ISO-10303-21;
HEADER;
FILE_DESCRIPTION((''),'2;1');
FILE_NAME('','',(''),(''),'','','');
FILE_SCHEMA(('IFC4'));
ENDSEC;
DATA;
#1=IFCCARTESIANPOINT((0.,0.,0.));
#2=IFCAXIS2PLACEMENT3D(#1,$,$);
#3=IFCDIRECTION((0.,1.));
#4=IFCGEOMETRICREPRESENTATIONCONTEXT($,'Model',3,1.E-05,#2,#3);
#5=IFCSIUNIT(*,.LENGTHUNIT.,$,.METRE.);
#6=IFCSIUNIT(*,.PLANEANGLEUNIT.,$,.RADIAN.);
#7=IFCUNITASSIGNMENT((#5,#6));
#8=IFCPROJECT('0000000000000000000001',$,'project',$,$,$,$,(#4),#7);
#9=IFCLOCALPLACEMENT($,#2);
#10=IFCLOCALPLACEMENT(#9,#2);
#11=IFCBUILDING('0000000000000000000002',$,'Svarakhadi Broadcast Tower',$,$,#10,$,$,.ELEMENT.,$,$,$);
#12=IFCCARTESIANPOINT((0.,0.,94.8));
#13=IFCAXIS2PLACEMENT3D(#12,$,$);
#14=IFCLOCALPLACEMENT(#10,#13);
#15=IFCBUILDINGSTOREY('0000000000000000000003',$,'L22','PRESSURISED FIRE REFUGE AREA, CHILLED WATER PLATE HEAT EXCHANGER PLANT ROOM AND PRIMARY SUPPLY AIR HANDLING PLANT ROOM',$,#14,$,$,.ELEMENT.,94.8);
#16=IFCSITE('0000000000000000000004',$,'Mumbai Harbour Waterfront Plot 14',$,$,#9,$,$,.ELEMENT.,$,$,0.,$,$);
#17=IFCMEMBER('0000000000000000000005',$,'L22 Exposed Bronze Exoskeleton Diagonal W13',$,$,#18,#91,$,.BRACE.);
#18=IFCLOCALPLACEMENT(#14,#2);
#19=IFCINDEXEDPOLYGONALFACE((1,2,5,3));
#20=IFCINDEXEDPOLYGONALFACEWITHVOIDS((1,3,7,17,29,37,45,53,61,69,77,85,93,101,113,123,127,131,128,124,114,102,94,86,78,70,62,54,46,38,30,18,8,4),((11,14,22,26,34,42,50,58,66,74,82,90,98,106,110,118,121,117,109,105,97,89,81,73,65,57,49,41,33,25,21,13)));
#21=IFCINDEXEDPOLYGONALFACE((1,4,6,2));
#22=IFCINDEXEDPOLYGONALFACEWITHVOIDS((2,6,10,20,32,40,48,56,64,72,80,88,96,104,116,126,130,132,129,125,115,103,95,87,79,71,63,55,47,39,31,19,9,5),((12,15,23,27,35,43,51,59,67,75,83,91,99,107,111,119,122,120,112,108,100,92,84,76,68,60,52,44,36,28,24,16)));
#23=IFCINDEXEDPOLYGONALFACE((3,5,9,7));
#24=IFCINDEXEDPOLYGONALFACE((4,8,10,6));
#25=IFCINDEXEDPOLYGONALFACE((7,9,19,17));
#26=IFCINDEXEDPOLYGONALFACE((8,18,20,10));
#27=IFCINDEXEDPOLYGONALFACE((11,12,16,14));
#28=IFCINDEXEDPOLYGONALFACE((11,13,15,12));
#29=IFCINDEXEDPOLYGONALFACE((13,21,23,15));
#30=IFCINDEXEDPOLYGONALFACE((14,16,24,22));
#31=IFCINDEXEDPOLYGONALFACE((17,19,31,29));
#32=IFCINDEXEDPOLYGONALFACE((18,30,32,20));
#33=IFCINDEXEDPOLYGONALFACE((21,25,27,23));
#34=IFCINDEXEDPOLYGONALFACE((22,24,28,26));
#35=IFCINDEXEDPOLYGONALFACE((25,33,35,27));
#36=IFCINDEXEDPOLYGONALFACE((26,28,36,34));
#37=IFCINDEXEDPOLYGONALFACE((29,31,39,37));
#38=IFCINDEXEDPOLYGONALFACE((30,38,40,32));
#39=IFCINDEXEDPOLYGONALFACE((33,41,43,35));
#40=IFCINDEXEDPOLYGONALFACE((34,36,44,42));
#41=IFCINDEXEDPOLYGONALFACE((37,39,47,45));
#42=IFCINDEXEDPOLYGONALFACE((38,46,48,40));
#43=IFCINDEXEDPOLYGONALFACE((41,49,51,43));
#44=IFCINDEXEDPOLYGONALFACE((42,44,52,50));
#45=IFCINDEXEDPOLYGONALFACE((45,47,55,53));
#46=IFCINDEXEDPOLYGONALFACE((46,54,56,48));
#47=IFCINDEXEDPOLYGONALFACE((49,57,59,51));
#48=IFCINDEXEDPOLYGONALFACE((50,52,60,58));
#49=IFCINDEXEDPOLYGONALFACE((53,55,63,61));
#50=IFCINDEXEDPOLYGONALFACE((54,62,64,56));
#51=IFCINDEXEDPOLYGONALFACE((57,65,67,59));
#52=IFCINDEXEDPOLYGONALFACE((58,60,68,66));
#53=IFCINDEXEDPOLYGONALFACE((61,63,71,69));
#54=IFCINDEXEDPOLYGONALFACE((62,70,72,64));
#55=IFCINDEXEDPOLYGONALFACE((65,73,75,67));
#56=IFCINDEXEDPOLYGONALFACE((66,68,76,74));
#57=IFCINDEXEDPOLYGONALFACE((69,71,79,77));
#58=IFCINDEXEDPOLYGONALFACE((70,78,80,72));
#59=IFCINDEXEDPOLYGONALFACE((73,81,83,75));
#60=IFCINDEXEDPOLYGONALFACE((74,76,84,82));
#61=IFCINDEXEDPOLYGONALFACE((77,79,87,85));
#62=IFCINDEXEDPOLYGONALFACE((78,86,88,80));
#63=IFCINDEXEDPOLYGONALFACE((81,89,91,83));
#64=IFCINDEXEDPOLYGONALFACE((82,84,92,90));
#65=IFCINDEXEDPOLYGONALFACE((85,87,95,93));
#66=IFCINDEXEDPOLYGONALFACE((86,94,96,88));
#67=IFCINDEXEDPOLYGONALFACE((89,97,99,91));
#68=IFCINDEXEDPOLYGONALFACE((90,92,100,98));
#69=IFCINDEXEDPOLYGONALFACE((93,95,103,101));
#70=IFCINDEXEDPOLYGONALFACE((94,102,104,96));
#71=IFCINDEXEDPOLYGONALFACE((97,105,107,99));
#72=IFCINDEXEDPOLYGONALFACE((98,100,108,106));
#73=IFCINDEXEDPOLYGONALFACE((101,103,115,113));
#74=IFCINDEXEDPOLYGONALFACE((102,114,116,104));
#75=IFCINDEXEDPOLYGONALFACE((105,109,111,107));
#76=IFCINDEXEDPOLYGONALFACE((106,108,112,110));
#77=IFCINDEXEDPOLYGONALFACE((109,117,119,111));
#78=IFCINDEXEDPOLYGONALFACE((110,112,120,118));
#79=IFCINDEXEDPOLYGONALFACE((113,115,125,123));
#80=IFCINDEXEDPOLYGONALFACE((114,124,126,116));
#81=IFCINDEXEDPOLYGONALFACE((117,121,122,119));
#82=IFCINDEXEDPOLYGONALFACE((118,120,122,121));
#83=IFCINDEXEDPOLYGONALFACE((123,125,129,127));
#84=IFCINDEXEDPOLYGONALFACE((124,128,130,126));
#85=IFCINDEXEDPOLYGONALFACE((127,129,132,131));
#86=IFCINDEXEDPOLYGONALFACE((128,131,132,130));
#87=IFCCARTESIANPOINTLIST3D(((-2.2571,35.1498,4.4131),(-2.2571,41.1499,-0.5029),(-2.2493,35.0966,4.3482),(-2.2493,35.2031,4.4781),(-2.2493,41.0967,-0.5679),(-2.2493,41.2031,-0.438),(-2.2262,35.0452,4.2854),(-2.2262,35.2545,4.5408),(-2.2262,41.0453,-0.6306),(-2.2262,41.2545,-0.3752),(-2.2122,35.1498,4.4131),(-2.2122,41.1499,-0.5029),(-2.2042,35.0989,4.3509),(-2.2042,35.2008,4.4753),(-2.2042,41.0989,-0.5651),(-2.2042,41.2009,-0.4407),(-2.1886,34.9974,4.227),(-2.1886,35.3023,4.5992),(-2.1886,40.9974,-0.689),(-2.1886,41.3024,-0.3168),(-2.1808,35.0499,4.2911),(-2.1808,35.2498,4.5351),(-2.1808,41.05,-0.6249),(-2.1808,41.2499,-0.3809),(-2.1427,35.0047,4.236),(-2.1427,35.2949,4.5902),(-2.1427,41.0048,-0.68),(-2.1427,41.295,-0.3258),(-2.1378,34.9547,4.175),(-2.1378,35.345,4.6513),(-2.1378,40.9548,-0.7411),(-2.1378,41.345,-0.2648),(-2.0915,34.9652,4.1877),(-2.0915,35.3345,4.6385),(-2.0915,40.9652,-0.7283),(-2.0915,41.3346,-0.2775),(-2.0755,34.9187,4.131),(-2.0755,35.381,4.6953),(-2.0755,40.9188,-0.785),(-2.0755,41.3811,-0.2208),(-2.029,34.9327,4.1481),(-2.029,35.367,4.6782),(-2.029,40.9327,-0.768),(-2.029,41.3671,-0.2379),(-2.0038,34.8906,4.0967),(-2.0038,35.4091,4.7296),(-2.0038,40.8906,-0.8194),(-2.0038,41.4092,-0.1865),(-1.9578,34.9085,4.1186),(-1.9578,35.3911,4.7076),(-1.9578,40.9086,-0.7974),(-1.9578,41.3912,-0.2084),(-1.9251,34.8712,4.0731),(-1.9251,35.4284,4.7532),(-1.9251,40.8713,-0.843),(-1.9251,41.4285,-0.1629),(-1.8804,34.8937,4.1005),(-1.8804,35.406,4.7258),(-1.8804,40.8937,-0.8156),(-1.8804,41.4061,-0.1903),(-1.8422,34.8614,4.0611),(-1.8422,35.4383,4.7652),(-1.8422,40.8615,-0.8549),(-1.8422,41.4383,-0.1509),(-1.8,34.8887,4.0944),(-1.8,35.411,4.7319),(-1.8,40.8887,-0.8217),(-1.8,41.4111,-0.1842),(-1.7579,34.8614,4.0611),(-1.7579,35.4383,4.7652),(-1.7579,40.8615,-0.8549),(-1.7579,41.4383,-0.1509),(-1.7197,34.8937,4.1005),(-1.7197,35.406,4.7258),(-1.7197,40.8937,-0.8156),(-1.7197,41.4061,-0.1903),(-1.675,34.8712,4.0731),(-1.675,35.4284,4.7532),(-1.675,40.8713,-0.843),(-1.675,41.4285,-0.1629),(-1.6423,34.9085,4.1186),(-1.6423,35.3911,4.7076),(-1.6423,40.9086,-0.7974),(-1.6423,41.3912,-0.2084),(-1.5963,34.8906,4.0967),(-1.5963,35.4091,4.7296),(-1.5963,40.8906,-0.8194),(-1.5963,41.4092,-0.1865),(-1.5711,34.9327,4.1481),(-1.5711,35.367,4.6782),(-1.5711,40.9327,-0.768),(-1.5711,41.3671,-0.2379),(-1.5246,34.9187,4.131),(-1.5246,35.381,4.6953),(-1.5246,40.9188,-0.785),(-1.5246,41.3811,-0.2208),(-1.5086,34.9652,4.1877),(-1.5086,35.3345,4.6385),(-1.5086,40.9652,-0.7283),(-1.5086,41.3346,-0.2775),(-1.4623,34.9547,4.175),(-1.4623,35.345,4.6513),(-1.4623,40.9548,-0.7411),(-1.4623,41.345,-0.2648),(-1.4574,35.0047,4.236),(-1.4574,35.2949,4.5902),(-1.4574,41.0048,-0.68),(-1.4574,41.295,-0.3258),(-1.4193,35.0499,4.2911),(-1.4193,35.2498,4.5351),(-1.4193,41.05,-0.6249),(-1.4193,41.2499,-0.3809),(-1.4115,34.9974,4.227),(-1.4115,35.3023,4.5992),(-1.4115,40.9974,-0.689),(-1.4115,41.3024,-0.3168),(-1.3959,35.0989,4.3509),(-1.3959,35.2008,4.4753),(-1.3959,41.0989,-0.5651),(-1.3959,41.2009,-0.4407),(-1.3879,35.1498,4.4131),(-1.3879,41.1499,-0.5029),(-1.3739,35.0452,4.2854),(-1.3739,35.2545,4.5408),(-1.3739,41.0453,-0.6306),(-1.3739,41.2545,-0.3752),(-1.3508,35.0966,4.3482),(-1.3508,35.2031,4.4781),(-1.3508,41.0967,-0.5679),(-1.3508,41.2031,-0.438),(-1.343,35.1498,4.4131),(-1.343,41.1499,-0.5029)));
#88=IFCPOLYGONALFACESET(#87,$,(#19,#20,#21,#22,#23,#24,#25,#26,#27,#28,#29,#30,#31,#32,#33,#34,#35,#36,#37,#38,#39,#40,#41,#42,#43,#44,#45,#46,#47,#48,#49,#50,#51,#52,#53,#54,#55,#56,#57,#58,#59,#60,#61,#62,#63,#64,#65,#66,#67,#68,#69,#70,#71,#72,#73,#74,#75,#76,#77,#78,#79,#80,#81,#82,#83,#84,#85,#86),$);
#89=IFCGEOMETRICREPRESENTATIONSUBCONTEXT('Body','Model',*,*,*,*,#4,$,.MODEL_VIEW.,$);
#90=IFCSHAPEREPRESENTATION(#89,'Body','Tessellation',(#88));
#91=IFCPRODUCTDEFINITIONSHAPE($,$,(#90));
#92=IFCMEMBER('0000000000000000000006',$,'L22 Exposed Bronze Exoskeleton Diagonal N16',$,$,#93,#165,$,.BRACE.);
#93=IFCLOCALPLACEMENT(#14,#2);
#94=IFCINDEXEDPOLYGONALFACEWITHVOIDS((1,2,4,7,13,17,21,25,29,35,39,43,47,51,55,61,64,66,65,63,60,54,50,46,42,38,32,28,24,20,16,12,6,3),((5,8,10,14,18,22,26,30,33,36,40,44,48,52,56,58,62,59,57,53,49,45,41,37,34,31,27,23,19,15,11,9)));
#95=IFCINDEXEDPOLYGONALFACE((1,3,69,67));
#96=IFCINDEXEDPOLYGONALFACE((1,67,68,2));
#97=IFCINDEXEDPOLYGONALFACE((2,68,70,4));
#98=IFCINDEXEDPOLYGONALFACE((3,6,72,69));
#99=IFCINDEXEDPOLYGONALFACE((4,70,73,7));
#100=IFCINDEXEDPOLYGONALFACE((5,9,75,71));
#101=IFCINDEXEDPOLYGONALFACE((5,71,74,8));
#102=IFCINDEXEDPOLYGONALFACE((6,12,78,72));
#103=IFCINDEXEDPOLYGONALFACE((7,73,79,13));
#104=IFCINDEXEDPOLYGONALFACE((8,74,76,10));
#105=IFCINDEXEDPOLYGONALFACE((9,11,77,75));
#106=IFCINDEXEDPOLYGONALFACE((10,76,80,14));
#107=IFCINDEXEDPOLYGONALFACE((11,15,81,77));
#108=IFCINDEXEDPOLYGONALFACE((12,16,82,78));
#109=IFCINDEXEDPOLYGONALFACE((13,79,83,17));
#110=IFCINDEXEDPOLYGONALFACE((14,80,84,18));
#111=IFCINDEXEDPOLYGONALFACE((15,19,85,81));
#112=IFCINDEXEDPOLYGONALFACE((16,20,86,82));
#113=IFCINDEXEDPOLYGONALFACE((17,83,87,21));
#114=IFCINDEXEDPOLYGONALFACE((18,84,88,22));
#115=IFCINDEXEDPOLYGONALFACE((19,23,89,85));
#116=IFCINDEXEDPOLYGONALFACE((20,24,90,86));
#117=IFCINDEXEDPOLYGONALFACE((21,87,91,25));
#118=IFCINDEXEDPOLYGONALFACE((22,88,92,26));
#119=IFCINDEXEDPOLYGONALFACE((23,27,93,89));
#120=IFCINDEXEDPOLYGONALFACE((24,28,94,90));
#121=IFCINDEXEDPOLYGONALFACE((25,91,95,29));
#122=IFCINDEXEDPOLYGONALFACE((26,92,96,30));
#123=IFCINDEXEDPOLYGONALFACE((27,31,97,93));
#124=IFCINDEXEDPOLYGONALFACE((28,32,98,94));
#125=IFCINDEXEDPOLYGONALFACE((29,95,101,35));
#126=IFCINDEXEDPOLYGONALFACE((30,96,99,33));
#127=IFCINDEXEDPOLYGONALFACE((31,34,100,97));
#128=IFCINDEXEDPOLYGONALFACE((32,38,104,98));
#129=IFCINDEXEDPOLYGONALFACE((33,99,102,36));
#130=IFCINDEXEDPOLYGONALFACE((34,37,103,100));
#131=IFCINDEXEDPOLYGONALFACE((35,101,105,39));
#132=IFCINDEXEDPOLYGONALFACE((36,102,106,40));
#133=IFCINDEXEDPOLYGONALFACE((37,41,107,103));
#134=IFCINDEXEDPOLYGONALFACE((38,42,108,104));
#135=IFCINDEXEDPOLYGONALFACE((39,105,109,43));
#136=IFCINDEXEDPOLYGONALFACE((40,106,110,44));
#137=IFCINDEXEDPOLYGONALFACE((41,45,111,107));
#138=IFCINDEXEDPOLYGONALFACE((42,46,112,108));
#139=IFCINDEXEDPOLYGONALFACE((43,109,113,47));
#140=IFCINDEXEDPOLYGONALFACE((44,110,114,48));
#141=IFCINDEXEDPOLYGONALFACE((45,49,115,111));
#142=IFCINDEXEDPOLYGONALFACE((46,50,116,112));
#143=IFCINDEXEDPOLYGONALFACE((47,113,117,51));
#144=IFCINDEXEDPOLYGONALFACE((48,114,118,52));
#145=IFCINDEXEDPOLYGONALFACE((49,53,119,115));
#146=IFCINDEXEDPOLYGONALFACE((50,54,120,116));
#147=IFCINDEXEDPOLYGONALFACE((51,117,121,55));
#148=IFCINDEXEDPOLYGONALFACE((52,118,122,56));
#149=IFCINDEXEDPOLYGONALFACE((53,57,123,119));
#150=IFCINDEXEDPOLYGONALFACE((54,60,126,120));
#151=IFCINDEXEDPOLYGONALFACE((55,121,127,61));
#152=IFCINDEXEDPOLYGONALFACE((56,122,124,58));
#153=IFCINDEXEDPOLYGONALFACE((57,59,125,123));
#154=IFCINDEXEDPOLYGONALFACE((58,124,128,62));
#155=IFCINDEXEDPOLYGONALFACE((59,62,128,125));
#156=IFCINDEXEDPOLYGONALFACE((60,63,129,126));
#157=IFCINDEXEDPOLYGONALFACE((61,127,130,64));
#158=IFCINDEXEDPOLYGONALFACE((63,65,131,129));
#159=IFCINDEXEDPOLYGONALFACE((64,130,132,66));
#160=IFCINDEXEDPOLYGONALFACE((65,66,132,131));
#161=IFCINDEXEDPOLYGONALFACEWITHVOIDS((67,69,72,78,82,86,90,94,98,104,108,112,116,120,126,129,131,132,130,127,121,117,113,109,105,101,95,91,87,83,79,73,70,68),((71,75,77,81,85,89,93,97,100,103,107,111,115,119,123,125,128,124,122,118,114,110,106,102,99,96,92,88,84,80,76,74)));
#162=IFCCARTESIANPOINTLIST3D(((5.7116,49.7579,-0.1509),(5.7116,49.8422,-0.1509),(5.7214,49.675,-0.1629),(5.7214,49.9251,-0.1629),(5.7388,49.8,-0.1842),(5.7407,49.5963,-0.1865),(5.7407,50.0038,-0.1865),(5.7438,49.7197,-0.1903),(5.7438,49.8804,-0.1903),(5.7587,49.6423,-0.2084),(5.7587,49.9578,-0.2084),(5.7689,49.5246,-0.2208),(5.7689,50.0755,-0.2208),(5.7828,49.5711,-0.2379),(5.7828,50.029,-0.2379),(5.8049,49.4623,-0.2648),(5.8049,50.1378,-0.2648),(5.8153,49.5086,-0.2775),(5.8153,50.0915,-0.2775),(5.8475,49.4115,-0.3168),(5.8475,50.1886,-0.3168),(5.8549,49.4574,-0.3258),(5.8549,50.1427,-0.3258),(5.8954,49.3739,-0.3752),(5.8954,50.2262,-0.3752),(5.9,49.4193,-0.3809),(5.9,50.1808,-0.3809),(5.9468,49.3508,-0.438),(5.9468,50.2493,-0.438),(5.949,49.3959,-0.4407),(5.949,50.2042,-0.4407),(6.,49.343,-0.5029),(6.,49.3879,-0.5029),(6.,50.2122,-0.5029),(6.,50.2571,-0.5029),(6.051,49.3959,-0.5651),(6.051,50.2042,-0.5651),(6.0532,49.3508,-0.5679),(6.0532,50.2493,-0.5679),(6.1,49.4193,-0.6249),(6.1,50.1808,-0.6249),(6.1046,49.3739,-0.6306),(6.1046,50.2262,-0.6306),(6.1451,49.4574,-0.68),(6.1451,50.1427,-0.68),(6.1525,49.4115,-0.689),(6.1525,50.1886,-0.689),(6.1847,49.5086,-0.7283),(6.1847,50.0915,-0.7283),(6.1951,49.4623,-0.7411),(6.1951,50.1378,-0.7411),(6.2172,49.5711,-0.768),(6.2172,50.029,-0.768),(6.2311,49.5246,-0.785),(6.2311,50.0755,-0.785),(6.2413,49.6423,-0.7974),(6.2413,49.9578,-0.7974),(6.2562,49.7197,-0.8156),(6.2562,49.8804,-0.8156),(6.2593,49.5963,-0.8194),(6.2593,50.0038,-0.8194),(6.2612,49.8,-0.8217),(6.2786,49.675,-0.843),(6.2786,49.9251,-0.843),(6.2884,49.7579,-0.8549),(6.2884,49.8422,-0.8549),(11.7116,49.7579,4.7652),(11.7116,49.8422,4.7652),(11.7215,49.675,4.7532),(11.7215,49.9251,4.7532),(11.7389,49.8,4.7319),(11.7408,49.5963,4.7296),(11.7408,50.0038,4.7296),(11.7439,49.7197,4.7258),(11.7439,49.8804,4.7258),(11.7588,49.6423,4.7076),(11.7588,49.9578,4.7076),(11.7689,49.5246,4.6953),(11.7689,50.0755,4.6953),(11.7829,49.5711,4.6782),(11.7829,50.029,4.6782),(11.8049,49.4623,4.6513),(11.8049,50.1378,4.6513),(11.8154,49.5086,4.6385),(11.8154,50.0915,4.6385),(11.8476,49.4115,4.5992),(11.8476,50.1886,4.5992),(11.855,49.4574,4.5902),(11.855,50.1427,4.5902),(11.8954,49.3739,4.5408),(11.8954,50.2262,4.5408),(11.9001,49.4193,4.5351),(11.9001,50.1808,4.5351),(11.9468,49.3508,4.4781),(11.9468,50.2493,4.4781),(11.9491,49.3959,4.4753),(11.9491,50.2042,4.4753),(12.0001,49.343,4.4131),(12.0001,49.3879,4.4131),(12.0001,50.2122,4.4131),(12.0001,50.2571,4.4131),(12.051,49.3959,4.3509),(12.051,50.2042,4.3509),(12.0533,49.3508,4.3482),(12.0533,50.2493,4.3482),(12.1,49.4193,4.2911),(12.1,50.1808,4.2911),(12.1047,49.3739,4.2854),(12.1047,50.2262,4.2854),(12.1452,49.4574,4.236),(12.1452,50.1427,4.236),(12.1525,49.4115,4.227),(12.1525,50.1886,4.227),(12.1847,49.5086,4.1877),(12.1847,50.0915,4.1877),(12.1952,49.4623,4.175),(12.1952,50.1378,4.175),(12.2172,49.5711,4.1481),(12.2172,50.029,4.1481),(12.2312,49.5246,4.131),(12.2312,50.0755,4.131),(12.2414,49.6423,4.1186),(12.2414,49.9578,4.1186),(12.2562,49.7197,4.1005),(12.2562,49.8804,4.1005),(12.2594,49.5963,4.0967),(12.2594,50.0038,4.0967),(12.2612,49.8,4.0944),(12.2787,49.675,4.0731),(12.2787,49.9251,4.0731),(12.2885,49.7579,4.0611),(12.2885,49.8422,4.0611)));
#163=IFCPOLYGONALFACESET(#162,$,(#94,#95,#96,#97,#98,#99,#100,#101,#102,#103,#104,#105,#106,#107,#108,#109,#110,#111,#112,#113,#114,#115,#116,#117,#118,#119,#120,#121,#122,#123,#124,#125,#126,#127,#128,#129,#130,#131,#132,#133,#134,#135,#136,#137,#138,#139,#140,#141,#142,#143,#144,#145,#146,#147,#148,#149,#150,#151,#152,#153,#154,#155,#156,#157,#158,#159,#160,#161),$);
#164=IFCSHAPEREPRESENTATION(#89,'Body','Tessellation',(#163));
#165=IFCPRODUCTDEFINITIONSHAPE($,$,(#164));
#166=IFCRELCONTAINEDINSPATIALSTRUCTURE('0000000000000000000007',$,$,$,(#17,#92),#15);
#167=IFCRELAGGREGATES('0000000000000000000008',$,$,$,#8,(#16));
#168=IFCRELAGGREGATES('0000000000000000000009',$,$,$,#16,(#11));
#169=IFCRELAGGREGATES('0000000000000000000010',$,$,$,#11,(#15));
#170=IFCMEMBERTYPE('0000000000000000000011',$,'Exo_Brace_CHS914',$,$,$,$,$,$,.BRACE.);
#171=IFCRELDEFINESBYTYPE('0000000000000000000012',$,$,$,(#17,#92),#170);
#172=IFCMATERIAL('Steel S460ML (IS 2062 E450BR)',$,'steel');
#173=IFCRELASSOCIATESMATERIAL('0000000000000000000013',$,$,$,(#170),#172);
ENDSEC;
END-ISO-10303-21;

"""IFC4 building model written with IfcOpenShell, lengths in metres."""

from ifc_helpers import new_model, si_unit, direction, frame, origin, origin_2d, place, context, subcontext, project, spatial, hollow_circle, extrude, material, material_profile, profile_set, type_object, element, save


model = new_model("IFC4")

# Units and contexts
model_context = context("Model", 3, precision=1e-05, world=origin(), true_north=direction((0.0, 1.0)))
body_context = subcontext(model_context, "Body", "Model", "MODEL_VIEW")
ifc_project = project(units=[si_unit("LENGTHUNIT", "METRE"), si_unit("PLANEANGLEUNIT", "RADIAN")], contexts=[model_context])

# Site, building, storey
site_placement = place(None, origin())
site = spatial("IfcSite", under=ifc_project, at=site_placement, Name="Mumbai Harbour Waterfront Plot 14", CompositionType="ELEMENT", RefElevation=0.0)
building_placement = place(site_placement, origin())
building = spatial("IfcBuilding", under=site, at=building_placement, Name="Svarakhadi Broadcast Tower", CompositionType="ELEMENT")
storey_placement = place(building_placement, frame((0.0, 0.0, 94.8)))
storey = spatial("IfcBuildingStorey", under=building, at=storey_placement, Name="L22", Description="PRESSURISED FIRE REFUGE AREA, CHILLED WATER PLATE HEAT EXCHANGER PLANT ROOM AND PRIMARY SUPPLY AIR HANDLING PLANT ROOM", CompositionType="ELEMENT", Elevation=94.8)

# Shared definitions
ifc_material_1 = material(Name="Steel S460ML (IS 2062 E450BR)", Category="steel")

# Members
ifc_material_profile_1 = material_profile(ifc_material_1, hollow_circle(Radius=0.457, WallThickness=0.0449, at=origin_2d()), Name="CHS 914x45")
ifc_profile_set_1 = profile_set([ifc_material_profile_1], Name="Steel S460ML (IS 2062 E450BR)")
member_type_1 = type_object("IfcMemberType", Name="Exo_Brace_CHS914", PredefinedType="BRACE", material=ifc_profile_set_1)
for number, where, z_axis, x_axis, name in (
    (1, (-1.8, 41.1499, -0.5029), (0.0, -0.77352, 0.633772), (1.0, 0.0, 0.0), "L22 Exposed Bronze Exoskeleton Diagonal W13"),
    (2, (6.0, 49.8, -0.5029), (0.77352, 0.0, 0.633772), (0.0, 1.0, 0.0), "L22 Exposed Bronze Exoskeleton Diagonal N16"),
):
    element("IfcMember", number, at=place(storey_placement, frame(where, z_axis=z_axis, x_axis=x_axis)), inside=storey, type_object=member_type_1, Name=name, PredefinedType="BRACE", context=body_context, shape_type="SweptSolid", body=[
        extrude(hollow_circle(Radius=0.457, WallThickness=0.0449, at=origin_2d()), origin(), (0.0, 0.0, 1.0), 7.7568),
    ])

save(model, "model.ifc")
